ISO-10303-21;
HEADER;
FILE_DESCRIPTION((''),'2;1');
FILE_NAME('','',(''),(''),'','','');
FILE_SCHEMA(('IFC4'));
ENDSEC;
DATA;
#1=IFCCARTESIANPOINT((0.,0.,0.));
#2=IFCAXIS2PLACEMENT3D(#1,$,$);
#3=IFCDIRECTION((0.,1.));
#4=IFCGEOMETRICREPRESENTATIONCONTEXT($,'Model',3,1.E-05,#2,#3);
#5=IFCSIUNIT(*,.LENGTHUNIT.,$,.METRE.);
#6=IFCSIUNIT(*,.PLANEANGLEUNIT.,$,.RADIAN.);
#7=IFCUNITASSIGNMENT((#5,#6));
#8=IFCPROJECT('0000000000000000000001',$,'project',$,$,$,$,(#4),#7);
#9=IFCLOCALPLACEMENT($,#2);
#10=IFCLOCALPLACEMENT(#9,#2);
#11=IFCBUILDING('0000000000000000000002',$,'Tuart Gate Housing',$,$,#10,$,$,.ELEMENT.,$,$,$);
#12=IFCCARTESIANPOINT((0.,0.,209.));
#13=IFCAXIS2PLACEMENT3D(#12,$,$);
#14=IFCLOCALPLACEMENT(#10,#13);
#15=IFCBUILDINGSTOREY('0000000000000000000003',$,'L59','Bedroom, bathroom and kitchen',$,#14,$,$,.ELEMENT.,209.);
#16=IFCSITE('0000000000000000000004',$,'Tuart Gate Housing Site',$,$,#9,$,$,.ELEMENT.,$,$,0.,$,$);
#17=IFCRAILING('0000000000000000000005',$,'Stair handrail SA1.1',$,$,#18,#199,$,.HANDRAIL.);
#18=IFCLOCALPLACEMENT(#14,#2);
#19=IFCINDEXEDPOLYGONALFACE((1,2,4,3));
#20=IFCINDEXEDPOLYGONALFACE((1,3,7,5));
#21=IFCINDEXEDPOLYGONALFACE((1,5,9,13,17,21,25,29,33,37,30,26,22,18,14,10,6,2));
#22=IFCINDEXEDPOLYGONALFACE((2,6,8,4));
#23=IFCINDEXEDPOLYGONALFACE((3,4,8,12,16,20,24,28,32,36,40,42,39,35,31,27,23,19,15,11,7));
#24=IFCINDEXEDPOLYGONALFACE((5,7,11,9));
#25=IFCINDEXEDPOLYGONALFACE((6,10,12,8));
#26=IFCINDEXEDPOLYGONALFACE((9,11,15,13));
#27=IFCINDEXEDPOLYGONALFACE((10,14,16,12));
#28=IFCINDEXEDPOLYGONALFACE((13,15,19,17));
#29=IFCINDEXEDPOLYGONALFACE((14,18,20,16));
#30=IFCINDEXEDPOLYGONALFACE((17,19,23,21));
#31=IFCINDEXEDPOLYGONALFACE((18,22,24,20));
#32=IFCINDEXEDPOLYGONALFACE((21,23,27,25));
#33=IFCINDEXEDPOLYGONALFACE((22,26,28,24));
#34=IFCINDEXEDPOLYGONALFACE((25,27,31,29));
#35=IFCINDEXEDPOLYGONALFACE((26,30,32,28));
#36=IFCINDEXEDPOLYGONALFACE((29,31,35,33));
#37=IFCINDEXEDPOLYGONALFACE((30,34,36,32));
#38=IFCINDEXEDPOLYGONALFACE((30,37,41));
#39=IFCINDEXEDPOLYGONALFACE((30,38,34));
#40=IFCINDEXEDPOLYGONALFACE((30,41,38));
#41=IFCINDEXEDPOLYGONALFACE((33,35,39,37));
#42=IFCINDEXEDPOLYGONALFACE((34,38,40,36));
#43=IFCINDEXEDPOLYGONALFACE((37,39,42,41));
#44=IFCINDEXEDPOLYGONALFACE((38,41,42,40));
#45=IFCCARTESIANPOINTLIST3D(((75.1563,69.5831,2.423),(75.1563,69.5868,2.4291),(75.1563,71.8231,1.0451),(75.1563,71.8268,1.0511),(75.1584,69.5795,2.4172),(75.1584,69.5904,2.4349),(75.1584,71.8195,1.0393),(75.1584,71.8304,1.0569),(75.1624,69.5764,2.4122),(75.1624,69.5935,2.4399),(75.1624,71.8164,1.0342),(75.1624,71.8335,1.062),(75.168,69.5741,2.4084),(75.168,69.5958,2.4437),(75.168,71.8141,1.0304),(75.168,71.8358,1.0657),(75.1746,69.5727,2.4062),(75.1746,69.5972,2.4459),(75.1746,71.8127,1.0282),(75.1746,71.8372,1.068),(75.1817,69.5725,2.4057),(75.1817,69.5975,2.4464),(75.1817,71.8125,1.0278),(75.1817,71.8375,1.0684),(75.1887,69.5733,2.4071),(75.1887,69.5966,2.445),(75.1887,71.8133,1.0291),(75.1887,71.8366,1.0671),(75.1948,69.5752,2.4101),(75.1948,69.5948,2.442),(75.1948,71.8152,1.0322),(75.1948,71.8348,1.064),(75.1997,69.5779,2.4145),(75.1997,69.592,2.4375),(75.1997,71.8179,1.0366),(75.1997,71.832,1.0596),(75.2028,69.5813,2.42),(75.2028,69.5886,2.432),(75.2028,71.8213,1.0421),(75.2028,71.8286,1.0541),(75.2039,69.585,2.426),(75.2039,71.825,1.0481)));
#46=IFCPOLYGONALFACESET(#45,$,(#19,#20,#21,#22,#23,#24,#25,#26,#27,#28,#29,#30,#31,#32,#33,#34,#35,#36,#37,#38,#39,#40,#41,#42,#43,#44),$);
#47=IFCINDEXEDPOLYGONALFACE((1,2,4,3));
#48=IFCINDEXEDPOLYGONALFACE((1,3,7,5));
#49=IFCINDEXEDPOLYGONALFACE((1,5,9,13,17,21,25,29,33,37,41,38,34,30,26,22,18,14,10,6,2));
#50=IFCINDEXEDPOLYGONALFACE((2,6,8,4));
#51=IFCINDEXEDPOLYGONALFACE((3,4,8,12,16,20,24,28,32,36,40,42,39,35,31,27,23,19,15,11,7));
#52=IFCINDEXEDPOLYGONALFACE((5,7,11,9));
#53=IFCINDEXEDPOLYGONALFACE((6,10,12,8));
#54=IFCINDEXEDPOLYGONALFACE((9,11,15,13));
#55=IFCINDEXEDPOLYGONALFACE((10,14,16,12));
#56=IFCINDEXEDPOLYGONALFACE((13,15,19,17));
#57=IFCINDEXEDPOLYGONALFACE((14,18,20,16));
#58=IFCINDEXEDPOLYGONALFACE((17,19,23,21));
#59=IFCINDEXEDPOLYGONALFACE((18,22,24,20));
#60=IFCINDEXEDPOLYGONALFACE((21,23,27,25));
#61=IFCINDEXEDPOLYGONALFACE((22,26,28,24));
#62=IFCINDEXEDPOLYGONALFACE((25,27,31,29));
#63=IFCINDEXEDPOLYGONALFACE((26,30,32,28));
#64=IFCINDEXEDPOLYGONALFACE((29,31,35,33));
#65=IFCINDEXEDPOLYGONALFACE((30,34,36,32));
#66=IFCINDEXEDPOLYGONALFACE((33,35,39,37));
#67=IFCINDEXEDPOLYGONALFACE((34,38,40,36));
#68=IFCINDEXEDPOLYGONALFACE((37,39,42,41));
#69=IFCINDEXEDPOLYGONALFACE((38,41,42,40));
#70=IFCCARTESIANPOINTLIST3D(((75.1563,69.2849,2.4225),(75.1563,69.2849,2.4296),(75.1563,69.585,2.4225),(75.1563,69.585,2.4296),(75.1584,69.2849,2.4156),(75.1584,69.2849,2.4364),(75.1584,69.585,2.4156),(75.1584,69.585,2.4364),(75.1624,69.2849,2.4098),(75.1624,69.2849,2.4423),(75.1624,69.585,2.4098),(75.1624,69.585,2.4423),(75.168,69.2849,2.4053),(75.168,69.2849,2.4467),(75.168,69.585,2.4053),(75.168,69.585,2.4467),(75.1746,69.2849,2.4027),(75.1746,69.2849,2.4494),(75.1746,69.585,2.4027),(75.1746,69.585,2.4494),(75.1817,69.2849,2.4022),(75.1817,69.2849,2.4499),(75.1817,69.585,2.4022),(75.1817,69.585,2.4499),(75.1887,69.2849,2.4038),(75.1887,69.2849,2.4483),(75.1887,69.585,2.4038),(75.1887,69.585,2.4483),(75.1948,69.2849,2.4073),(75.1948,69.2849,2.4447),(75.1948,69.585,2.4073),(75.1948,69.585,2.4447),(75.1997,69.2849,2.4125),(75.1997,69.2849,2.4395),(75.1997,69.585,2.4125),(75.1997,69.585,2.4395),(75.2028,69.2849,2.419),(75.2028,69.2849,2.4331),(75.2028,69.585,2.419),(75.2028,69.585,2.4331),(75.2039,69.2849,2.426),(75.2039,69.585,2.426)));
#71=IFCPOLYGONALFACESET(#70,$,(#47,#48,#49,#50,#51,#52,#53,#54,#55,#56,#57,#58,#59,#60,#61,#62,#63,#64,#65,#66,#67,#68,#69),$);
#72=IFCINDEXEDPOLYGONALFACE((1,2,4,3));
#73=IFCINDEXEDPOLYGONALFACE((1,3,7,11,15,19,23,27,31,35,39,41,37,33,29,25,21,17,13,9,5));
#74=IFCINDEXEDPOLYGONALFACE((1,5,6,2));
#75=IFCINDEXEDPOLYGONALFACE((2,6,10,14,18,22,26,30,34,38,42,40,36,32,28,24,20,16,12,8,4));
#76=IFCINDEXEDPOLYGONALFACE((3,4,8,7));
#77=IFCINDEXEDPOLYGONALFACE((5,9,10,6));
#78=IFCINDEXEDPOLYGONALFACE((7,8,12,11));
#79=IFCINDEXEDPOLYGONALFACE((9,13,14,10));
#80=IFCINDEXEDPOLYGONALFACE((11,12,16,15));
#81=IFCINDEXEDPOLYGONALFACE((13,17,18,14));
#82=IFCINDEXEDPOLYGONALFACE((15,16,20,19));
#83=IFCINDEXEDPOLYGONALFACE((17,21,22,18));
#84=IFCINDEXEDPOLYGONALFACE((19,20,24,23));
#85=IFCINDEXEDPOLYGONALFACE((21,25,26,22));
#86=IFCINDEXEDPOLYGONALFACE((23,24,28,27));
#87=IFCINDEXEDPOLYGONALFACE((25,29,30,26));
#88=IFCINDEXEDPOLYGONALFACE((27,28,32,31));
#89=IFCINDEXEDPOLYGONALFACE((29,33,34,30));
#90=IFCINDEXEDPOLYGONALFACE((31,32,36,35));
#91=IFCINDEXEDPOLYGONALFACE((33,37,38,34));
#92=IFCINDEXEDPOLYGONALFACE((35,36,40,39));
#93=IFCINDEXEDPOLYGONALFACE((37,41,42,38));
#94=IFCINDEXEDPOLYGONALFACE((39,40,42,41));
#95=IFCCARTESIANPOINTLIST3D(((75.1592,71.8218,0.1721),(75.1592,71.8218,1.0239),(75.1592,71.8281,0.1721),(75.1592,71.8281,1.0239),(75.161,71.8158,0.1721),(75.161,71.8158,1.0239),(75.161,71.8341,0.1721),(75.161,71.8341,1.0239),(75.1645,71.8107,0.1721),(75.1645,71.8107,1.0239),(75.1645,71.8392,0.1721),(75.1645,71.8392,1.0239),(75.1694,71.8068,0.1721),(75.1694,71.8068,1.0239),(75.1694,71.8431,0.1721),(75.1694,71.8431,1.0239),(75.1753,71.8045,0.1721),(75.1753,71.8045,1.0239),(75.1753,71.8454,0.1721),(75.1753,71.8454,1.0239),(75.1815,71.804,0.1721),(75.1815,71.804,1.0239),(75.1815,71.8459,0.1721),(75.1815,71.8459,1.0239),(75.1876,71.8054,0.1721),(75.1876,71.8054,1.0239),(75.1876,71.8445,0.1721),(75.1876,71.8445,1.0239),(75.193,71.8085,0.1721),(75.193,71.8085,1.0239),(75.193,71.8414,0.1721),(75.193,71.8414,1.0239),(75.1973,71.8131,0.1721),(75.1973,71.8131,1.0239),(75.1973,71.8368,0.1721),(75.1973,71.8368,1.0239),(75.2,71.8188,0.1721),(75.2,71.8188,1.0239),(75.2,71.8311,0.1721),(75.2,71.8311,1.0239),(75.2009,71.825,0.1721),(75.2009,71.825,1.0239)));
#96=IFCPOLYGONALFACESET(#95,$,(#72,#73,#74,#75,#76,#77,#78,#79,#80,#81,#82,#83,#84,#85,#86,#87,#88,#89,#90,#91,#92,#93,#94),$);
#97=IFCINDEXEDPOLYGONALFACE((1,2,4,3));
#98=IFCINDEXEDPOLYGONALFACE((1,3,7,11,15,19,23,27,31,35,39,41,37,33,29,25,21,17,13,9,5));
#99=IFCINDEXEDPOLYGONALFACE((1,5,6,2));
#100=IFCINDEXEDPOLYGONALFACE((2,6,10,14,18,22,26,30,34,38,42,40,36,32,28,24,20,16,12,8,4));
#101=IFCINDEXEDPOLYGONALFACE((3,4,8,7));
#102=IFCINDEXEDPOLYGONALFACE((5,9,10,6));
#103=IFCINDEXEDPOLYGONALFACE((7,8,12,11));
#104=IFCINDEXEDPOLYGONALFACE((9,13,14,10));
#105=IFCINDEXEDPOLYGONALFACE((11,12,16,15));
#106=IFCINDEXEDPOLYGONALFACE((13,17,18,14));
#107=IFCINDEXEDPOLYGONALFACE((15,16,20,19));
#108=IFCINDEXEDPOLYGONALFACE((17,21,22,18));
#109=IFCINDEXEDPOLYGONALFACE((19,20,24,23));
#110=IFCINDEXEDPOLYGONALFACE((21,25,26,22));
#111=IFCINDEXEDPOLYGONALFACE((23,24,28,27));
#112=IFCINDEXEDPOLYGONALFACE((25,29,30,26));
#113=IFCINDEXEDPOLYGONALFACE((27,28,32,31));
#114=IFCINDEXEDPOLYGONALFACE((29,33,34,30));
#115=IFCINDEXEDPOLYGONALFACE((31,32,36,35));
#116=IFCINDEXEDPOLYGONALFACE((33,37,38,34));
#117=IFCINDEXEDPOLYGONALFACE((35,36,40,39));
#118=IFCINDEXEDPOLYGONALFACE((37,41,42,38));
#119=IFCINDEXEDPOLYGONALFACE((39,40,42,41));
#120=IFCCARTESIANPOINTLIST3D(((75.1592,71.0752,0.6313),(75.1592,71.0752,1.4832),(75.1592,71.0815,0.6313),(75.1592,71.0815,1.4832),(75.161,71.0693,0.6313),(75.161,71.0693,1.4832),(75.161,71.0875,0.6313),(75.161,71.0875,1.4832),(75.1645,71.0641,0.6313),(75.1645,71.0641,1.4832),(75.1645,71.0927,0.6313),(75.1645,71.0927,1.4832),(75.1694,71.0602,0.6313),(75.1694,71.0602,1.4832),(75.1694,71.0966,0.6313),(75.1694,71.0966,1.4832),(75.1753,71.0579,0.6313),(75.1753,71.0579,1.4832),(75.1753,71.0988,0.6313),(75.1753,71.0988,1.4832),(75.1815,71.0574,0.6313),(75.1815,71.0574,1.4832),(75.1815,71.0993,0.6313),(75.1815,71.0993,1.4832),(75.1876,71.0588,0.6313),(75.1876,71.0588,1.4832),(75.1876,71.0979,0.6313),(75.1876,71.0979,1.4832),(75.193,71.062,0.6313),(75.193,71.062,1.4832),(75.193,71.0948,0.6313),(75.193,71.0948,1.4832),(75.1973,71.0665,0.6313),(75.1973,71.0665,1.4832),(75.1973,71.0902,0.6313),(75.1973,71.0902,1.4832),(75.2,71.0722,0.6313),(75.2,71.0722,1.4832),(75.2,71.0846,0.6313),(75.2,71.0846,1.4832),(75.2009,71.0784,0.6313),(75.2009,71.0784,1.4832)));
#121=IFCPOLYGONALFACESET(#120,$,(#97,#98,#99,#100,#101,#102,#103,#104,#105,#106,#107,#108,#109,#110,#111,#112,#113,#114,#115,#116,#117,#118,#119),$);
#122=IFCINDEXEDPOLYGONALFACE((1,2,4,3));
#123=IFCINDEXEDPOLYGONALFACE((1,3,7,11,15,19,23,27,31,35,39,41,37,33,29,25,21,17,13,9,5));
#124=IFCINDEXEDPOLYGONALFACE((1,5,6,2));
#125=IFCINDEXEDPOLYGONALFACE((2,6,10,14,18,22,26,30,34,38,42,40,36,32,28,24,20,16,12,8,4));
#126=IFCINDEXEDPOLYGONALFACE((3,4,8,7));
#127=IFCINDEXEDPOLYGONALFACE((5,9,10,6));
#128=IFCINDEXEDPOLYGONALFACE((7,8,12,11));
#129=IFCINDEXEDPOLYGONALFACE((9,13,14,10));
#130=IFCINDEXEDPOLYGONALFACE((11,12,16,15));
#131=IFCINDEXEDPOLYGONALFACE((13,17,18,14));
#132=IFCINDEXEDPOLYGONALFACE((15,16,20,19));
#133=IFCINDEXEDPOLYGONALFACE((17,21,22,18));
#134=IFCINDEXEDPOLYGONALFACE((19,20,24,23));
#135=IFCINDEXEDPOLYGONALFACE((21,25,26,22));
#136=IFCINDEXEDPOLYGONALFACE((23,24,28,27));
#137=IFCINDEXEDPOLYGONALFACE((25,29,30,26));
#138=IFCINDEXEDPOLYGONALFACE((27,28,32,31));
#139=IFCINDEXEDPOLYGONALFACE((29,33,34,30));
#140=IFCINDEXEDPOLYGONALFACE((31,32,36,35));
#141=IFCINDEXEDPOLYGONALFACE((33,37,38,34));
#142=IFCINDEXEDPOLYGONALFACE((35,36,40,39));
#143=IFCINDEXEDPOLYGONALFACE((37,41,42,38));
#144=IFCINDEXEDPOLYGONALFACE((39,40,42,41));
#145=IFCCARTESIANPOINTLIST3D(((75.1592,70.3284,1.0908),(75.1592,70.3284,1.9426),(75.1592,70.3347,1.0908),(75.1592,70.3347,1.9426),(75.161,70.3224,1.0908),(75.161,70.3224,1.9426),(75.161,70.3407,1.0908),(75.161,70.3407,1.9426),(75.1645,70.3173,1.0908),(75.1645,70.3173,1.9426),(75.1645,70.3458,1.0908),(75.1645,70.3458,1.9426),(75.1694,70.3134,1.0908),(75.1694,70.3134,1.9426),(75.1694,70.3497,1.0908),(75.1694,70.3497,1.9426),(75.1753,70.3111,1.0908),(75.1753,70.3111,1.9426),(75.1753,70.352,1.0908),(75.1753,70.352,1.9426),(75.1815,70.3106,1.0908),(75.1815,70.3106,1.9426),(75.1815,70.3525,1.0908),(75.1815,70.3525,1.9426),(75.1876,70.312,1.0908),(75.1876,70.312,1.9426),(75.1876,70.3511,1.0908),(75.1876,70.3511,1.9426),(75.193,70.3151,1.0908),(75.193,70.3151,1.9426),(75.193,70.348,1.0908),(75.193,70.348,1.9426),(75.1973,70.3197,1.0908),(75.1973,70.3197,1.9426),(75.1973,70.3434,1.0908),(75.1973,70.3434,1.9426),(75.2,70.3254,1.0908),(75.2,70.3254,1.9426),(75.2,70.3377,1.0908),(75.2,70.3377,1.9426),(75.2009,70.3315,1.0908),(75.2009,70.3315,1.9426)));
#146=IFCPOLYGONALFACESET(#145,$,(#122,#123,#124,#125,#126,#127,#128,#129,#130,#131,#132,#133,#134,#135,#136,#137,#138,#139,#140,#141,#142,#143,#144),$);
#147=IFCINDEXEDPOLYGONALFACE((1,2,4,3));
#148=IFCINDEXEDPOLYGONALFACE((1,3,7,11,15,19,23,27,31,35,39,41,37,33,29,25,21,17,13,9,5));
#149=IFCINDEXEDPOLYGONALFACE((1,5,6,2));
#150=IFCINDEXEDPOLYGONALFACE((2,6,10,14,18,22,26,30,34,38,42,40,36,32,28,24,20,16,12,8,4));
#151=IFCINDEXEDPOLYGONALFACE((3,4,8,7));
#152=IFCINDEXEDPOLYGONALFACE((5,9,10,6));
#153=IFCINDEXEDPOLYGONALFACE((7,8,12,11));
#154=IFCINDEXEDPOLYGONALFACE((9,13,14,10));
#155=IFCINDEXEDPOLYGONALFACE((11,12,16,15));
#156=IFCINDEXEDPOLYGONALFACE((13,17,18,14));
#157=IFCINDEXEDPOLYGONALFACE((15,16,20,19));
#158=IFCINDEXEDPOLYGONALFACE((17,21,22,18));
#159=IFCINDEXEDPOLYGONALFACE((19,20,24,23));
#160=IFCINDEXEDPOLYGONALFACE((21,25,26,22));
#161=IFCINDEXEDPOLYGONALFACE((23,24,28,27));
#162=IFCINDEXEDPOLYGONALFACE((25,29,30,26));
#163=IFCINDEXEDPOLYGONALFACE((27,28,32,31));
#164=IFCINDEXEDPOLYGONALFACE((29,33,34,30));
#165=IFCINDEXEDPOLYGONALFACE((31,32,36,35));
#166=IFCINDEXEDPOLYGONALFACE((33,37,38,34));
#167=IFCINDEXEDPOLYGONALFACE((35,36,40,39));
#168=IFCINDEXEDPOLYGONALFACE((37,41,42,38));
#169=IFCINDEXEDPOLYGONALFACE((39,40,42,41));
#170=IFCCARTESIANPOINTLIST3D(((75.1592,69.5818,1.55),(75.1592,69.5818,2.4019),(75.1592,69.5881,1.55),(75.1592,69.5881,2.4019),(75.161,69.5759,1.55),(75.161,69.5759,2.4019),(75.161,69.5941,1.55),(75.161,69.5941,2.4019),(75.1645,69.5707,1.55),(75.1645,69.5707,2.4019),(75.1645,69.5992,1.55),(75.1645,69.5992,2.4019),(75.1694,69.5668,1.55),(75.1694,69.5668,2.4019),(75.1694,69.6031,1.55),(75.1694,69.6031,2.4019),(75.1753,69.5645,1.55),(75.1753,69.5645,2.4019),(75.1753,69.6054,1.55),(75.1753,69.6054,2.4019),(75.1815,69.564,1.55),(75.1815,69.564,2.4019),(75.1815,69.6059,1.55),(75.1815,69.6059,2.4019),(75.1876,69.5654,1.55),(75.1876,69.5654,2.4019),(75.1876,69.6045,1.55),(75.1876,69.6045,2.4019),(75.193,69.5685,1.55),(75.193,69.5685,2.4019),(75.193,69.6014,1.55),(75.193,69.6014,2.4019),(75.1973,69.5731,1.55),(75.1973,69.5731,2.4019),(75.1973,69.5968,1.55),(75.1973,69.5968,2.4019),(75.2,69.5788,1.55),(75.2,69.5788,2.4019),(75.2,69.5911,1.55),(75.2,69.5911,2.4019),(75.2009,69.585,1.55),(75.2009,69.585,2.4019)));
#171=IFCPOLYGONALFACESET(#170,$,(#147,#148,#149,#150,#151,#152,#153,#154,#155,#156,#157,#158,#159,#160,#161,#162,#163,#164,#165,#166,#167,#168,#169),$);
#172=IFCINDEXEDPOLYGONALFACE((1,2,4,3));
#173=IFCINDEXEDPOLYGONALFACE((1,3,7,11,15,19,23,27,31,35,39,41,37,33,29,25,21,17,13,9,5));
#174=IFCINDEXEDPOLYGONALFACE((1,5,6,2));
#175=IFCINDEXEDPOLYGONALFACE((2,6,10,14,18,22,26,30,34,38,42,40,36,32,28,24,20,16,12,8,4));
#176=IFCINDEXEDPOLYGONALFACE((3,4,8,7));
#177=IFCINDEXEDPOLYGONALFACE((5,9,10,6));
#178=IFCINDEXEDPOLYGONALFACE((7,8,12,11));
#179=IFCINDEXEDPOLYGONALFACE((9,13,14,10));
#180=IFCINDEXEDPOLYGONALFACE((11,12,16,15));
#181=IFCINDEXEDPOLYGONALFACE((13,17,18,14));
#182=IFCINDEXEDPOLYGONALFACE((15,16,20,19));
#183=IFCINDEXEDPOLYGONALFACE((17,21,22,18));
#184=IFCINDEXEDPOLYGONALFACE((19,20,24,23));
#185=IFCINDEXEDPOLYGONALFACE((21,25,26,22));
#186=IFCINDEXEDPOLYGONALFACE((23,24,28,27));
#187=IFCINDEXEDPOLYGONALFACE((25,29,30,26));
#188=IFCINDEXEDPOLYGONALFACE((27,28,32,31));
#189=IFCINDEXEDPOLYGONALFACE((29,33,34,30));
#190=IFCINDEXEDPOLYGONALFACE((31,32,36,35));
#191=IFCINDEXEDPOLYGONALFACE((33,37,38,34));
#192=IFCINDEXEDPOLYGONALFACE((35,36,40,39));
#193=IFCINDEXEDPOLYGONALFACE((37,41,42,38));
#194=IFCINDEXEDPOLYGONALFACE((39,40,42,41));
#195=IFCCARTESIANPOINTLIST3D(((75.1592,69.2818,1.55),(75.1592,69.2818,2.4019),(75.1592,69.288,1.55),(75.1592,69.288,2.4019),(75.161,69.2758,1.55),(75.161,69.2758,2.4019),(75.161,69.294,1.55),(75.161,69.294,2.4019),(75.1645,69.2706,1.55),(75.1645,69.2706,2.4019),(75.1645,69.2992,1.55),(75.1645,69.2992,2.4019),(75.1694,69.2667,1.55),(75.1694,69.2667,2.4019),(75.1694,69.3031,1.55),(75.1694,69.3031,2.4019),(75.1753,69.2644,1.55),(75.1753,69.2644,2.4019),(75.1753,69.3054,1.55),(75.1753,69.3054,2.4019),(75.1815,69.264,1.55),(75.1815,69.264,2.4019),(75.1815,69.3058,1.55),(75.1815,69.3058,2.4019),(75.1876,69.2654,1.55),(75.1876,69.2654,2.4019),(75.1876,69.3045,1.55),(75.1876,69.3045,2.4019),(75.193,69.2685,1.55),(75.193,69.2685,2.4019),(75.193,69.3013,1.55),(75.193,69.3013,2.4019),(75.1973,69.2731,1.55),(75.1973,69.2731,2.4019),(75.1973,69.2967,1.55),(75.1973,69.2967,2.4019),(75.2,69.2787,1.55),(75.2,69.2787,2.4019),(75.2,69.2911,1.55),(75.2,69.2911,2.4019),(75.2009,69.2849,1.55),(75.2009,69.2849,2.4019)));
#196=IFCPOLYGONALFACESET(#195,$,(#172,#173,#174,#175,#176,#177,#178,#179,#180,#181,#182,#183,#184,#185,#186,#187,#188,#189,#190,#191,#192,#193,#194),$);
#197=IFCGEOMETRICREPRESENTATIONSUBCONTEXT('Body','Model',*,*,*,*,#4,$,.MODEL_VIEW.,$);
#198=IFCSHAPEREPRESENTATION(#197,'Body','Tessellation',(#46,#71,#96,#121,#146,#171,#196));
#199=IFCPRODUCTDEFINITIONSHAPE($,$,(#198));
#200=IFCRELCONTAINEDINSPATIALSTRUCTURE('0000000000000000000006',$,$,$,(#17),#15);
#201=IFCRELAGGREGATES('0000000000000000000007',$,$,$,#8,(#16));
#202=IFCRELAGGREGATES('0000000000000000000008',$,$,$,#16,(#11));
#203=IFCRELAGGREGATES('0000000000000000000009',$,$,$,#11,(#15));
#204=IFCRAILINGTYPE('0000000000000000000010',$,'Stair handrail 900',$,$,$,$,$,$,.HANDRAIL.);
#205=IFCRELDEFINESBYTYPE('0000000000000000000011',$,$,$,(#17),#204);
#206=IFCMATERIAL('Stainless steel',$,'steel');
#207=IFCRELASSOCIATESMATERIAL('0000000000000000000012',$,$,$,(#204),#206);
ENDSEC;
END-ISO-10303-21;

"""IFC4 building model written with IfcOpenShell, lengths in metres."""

from ifc_helpers import new_model, si_unit, direction, frame, origin, origin_2d, place, context, subcontext, project, spatial, circle, extrude, material, type_object, element, save


model = new_model("IFC4")

# Units and contexts
model_context = context("Model", 3, precision=1e-05, world=origin(), true_north=direction((0.0, 1.0)))
body_context = subcontext(model_context, "Body", "Model", "MODEL_VIEW")
ifc_project = project(units=[si_unit("LENGTHUNIT", "METRE"), si_unit("PLANEANGLEUNIT", "RADIAN")], contexts=[model_context])

# Site, building, storey
site_placement = place(None, origin())
site = spatial("IfcSite", under=ifc_project, at=site_placement, Name="Tuart Gate Housing Site", CompositionType="ELEMENT", RefElevation=0.0)
building_placement = place(site_placement, origin())
building = spatial("IfcBuilding", under=site, at=building_placement, Name="Tuart Gate Housing", CompositionType="ELEMENT")
storey_placement = place(building_placement, frame((0.0, 0.0, 209.0)))
storey = spatial("IfcBuildingStorey", under=building, at=storey_placement, Name="L59", Description="Bedroom, bathroom and kitchen", CompositionType="ELEMENT", Elevation=209.0)

# Railing
ifc_material_1 = material(Name="Stainless steel", Category="steel")
railing_type = type_object("IfcRailingType", Name="Stair handrail 900", PredefinedType="HANDRAIL", material=ifc_material_1)
railing_placement = place(storey_placement, frame((75.1799, 71.825, 0.1721)))
element("IfcRailing", 1, at=railing_placement, inside=storey, type_object=railing_type, Name="Stair handrail SA1.1", PredefinedType="HANDRAIL", context=body_context, shape_type="SweptSolid", body=[
    extrude(circle(Radius=0.0239, at=origin_2d()), frame((0.0, 0.0, 0.876), z_axis=(0.0, -0.851748, 0.523952), x_axis=(1.0, 0.0, 0.0)), (0.0, 0.0, 1.0), 2.6299),
    extrude(circle(Radius=0.0239, at=origin_2d()), frame((0.0, -2.24, 2.2539), z_axis=(0.0, -1.0, 0.0), x_axis=(1.0, 0.0, 0.0)), (0.0, 0.0, 1.0), 0.3),
    extrude(circle(Radius=0.021, at=origin_2d()), origin(), (0.0, 0.0, 1.0), 0.8518),
    extrude(circle(Radius=0.021, at=origin_2d()), frame((0.0, -0.7466, 0.4592)), (0.0, 0.0, 1.0), 0.8518),
    extrude(circle(Radius=0.021, at=origin_2d()), frame((0.0, -1.4934, 0.9187)), (0.0, 0.0, 1.0), 0.8518),
    extrude(circle(Radius=0.021, at=origin_2d()), frame((0.0, -2.24, 1.3779)), (0.0, 0.0, 1.0), 0.8518),
    extrude(circle(Radius=0.021, at=origin_2d()), frame((0.0, -2.54, 1.3779)), (0.0, 0.0, 1.0), 0.8518),
])

save(model, "model.ifc")
